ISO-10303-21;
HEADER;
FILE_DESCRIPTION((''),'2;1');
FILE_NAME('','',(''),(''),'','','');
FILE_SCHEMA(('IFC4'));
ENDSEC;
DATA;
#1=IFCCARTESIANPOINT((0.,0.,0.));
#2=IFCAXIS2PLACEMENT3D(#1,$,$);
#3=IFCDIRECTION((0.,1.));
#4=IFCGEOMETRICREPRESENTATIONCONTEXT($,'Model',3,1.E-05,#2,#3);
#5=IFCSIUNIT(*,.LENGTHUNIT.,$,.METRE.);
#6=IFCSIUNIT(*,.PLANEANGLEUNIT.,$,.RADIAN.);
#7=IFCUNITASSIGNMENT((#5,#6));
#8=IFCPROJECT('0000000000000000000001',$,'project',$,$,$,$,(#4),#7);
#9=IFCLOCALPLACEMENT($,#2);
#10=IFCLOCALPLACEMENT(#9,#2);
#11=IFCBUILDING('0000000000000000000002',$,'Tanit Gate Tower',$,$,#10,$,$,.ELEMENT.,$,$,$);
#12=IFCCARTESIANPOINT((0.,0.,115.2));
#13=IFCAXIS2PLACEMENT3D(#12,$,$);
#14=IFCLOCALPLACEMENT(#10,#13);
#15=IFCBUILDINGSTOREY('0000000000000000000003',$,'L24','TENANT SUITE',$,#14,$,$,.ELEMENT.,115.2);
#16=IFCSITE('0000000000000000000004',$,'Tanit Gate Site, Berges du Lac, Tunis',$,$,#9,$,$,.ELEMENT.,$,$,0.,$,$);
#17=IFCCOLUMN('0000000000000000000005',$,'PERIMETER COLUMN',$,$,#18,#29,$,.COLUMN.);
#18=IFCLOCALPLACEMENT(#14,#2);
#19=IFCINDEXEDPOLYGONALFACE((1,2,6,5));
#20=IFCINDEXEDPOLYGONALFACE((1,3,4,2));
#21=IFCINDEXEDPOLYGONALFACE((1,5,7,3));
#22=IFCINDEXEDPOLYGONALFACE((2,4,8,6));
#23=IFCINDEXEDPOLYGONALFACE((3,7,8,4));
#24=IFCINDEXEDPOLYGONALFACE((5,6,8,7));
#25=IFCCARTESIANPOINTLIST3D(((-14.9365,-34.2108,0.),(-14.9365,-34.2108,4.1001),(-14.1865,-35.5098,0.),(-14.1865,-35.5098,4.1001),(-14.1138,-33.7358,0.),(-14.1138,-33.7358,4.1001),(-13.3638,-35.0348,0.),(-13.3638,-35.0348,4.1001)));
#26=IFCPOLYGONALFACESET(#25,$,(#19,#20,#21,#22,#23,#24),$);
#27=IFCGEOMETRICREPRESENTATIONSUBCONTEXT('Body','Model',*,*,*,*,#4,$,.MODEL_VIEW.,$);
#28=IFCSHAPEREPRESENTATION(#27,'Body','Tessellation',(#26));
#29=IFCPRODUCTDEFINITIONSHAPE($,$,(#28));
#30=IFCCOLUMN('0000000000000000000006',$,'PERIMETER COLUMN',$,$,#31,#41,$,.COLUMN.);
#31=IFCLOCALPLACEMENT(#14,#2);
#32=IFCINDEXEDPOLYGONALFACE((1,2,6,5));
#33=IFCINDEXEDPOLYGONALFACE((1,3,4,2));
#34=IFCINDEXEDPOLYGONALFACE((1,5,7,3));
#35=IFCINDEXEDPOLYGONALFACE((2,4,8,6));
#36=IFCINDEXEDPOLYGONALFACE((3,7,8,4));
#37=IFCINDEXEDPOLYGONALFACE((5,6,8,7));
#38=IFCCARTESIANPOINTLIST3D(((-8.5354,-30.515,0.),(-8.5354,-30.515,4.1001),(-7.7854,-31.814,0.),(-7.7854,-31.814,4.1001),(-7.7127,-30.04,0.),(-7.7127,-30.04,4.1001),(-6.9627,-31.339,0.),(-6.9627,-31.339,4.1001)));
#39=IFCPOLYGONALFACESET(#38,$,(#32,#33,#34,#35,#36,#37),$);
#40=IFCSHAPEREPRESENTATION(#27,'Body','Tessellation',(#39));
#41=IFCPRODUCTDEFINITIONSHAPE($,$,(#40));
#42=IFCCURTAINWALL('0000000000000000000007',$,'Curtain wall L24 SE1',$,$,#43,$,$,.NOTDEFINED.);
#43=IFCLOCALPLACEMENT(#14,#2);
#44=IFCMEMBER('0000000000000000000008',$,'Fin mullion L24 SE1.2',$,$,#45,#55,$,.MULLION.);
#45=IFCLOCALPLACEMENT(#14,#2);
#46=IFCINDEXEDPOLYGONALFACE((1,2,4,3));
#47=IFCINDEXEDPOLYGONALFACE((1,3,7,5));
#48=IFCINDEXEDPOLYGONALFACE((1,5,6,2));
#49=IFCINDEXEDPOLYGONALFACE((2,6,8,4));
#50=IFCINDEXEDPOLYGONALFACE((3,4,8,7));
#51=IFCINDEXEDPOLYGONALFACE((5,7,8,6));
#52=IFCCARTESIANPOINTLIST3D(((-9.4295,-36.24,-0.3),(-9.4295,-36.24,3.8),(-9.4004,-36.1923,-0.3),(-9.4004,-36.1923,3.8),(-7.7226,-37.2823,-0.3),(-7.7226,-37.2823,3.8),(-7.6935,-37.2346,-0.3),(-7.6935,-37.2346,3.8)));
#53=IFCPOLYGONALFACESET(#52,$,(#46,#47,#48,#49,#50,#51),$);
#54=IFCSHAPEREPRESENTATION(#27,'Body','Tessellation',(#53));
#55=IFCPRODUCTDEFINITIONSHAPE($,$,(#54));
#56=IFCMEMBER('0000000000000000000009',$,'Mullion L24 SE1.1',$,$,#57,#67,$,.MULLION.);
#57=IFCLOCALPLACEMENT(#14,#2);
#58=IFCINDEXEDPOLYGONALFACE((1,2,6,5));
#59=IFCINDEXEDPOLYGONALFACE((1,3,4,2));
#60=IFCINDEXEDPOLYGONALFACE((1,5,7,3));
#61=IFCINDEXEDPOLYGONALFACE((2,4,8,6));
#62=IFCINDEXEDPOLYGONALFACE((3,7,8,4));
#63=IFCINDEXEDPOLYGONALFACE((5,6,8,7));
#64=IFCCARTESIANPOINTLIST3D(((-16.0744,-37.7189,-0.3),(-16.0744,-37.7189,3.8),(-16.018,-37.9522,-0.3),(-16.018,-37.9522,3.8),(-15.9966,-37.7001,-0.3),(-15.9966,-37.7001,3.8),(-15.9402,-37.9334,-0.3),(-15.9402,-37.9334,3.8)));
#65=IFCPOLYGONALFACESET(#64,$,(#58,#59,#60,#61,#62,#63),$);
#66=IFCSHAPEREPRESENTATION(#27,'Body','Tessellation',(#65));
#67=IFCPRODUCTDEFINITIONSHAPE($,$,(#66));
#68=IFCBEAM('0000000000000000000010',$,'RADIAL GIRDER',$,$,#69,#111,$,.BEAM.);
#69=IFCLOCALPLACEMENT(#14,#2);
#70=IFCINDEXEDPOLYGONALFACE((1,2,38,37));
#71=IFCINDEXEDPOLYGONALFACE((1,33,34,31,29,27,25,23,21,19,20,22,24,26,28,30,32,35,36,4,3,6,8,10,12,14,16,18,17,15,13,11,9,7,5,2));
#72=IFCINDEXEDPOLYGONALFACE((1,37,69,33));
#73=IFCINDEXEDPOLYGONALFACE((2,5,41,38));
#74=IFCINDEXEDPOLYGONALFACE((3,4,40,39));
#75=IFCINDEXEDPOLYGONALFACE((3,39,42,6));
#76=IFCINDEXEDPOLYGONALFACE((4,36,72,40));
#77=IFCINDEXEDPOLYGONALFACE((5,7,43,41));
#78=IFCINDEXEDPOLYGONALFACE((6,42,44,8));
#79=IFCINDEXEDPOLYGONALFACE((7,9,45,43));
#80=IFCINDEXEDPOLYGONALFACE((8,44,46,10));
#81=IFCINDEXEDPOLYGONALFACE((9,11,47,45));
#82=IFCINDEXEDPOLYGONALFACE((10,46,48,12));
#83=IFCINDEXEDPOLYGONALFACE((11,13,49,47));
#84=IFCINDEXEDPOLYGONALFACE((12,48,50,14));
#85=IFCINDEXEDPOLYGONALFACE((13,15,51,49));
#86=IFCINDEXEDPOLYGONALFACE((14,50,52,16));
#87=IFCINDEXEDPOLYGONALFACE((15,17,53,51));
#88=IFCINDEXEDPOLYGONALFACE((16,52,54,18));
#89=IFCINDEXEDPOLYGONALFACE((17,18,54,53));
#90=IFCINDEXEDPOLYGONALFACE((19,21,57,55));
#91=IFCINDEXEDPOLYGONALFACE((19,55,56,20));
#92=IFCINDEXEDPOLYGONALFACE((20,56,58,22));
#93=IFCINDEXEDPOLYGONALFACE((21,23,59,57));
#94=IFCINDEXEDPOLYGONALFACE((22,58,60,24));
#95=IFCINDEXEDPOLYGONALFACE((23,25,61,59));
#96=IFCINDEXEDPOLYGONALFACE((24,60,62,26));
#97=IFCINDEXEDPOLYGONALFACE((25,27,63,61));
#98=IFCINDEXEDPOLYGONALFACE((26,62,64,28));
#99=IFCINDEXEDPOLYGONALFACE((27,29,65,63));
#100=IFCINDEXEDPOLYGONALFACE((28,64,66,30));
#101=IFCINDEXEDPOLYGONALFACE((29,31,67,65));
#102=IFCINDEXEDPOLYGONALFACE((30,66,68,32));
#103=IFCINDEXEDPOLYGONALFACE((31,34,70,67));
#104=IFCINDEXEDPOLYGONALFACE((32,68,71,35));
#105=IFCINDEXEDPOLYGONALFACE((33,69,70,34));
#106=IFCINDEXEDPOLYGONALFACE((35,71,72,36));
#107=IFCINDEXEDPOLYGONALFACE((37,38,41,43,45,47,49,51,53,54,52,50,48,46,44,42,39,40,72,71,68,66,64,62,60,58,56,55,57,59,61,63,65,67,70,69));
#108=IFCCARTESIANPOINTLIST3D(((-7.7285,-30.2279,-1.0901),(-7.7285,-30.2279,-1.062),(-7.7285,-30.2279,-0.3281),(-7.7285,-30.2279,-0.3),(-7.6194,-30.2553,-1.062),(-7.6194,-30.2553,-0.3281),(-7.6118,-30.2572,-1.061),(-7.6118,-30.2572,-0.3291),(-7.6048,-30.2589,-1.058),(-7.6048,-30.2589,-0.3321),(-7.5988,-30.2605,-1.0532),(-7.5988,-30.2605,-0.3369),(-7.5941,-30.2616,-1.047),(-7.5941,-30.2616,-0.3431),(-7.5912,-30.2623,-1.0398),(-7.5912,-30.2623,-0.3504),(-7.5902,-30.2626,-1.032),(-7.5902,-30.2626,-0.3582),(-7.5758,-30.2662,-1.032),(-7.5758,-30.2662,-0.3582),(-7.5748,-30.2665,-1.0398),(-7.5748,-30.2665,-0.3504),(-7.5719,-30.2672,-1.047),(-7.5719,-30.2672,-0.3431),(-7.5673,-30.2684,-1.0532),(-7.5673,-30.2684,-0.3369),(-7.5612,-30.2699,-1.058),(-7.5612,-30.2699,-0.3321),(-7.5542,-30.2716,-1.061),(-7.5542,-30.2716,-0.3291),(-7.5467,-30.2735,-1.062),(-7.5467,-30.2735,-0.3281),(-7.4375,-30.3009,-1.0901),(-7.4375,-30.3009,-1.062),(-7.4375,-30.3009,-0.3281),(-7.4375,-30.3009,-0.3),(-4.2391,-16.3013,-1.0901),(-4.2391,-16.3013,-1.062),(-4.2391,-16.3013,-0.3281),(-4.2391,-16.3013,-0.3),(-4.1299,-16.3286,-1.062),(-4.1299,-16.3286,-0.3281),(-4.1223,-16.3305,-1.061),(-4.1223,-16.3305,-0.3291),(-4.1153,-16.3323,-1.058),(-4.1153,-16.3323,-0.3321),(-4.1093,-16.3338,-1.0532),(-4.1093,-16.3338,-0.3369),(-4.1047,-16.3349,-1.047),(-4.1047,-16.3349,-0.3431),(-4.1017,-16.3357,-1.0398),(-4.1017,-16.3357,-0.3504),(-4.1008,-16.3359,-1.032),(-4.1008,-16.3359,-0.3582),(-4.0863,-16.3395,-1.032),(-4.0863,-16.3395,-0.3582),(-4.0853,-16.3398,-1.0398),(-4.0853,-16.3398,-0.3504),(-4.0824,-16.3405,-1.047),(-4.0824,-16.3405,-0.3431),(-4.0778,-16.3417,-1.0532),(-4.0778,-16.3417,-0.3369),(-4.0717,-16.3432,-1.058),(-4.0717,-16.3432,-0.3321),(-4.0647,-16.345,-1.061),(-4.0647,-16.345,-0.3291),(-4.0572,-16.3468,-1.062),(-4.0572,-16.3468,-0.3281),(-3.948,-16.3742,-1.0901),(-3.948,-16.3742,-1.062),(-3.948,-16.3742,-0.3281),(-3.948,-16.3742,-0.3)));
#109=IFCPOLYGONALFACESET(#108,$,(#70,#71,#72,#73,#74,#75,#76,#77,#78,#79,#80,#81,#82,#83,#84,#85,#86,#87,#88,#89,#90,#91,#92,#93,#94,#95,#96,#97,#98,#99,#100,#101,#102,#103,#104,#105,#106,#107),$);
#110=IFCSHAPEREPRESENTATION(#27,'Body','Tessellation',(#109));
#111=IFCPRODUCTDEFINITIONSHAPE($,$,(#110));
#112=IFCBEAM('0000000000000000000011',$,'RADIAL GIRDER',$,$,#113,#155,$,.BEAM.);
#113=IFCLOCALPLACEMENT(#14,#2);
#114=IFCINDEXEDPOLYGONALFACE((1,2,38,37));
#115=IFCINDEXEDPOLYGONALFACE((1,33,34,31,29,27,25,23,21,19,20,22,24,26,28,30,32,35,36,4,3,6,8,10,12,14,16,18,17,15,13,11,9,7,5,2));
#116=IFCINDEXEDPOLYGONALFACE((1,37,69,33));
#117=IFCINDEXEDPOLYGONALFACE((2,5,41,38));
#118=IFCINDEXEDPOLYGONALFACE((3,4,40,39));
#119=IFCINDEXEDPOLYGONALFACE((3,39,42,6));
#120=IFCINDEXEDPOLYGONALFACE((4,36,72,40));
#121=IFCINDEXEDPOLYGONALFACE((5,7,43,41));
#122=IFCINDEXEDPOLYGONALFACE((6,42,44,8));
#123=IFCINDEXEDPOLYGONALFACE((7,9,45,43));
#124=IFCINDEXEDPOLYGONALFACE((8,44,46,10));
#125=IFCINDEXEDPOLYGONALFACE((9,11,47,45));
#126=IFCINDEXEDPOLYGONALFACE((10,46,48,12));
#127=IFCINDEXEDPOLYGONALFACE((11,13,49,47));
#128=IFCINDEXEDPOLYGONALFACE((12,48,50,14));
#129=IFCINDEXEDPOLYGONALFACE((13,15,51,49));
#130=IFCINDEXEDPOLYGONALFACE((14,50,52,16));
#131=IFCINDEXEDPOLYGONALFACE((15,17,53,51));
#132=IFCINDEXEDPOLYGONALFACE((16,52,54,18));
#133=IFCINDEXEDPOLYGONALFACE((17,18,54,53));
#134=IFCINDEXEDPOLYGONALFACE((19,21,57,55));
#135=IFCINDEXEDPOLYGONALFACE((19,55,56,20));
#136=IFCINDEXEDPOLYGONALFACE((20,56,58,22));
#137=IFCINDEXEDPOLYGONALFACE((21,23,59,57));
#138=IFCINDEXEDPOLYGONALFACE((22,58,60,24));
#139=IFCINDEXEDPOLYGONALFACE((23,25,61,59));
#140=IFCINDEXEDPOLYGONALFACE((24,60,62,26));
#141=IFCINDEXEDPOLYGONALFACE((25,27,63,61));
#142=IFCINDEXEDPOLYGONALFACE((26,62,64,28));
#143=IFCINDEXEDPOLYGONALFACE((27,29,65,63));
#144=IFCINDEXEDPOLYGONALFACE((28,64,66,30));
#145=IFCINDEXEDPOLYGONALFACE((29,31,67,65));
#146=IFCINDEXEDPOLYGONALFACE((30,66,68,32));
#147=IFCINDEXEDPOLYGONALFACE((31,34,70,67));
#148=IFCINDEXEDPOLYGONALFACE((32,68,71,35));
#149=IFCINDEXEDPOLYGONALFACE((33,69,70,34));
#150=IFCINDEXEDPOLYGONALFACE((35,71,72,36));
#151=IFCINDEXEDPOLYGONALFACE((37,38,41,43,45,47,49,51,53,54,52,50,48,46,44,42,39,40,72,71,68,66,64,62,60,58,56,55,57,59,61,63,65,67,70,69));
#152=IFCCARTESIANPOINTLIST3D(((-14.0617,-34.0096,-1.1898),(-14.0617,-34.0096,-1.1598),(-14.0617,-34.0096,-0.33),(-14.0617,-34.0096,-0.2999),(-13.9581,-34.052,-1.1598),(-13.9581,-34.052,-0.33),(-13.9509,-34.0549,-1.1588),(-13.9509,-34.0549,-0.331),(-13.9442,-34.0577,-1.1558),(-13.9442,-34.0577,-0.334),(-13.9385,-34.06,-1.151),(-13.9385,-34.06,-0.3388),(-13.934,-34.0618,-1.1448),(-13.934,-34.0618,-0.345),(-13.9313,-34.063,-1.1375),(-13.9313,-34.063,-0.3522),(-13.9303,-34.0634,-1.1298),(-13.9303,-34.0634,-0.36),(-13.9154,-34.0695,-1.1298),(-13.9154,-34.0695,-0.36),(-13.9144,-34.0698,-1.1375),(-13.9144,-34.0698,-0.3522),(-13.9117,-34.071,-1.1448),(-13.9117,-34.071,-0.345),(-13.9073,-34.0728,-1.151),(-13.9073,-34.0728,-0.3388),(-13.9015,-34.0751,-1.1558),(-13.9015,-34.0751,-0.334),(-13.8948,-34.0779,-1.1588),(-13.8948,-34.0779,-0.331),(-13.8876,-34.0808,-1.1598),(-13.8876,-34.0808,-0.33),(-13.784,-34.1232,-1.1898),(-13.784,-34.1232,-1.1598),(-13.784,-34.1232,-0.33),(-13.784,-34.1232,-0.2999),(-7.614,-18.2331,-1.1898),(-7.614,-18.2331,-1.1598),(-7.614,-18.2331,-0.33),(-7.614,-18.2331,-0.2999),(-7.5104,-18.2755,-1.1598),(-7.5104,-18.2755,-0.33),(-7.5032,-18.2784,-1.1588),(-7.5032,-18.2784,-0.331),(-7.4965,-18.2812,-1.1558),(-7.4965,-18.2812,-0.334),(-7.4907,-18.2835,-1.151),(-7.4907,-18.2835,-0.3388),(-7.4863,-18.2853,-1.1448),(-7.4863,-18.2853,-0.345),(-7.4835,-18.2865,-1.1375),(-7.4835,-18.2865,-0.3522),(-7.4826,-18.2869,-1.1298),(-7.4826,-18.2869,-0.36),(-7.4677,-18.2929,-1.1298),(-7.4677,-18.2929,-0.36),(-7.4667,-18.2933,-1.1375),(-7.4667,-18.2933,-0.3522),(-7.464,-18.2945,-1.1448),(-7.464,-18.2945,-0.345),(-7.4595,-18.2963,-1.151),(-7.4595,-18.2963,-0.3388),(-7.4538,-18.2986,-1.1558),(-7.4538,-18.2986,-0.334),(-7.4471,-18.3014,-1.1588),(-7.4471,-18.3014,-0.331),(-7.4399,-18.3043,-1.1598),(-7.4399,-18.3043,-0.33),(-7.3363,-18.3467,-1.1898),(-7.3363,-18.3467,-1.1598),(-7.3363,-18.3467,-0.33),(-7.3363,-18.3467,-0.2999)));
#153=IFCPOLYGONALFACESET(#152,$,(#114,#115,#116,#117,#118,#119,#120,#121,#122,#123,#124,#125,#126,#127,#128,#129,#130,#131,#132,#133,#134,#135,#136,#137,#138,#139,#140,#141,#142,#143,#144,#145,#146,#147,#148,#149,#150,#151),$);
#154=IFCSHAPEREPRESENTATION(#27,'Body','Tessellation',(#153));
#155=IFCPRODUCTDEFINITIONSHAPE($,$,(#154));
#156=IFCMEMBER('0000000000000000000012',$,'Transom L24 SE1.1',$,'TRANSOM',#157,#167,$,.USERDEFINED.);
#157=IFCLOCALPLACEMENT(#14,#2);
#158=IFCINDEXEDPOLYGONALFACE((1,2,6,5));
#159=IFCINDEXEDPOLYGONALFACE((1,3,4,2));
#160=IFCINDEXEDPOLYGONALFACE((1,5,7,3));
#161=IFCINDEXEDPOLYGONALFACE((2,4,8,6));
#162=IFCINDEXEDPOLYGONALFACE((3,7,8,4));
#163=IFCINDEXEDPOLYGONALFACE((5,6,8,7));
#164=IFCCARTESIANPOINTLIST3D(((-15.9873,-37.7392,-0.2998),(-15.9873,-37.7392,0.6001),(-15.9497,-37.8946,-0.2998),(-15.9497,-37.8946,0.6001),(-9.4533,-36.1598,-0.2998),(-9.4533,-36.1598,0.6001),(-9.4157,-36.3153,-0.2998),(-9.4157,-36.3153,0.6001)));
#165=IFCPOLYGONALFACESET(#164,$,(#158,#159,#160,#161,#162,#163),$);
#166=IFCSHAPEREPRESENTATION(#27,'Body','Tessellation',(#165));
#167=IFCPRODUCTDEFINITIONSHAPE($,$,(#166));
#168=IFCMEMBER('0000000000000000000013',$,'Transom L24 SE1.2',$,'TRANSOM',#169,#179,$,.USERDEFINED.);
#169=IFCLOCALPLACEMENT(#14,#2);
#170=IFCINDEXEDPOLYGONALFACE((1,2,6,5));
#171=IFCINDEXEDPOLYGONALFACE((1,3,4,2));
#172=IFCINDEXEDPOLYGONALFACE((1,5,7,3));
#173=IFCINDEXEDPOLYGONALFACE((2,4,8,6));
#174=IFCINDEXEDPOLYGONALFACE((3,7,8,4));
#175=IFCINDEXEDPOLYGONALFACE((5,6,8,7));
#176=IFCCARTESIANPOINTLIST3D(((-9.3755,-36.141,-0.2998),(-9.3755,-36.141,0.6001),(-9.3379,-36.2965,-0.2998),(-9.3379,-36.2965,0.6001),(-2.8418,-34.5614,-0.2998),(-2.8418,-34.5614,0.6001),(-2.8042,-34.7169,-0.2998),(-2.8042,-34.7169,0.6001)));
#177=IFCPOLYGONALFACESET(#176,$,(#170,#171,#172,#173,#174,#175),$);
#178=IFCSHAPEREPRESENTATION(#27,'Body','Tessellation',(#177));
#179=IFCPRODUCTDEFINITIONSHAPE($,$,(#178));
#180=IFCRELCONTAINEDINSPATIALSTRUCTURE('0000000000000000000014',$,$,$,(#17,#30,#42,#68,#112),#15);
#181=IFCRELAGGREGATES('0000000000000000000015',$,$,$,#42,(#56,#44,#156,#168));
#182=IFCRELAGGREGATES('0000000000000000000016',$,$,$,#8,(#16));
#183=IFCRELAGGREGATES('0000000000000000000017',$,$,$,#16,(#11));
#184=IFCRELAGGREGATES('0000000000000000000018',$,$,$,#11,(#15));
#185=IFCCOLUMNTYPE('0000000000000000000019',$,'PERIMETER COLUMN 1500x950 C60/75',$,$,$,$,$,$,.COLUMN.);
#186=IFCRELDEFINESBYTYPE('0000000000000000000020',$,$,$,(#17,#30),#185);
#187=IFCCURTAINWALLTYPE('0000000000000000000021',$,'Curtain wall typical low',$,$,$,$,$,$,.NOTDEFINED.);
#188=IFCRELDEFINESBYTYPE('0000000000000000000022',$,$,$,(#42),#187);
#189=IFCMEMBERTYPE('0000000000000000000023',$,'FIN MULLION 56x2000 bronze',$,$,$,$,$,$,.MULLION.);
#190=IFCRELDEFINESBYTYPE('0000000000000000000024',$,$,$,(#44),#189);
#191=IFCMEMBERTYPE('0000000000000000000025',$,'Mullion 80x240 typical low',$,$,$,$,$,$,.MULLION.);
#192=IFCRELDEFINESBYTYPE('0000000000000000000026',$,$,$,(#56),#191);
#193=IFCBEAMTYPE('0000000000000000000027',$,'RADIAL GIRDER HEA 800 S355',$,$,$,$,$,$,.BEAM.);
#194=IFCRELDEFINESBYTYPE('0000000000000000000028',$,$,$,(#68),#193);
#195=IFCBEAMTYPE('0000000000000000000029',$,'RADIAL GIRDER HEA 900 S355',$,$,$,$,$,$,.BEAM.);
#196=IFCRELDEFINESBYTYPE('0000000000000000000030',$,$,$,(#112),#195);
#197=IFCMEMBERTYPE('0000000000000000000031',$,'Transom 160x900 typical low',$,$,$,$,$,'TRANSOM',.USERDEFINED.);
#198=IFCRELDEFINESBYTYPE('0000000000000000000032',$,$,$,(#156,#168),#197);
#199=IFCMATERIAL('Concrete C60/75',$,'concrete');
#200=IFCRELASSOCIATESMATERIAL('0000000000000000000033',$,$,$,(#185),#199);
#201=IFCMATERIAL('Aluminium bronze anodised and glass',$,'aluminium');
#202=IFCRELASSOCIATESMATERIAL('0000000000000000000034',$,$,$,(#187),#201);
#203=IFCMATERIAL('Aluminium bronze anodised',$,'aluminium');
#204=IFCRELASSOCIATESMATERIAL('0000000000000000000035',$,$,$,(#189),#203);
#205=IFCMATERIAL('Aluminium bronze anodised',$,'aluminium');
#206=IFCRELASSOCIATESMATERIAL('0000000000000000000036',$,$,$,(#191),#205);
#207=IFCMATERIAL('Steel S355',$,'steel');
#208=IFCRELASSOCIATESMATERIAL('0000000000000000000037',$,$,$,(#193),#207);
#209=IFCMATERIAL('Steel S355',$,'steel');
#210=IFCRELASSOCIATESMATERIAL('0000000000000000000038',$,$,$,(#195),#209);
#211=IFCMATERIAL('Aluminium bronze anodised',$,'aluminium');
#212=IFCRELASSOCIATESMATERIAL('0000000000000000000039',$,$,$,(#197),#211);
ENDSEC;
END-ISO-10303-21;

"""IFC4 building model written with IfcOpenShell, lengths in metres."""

from ifc_helpers import new_model, si_unit, direction, frame, origin, origin_2d, place, context, subcontext, project, spatial, rectangle, i_section, extrude, material, material_profile, profile_set, type_object, element, aggregate, save


model = new_model("IFC4")

# Units and contexts
model_context = context("Model", 3, precision=1e-05, world=origin(), true_north=direction((0.0, 1.0)))
body_context = subcontext(model_context, "Body", "Model", "MODEL_VIEW")
ifc_project = project(units=[si_unit("LENGTHUNIT", "METRE"), si_unit("PLANEANGLEUNIT", "RADIAN")], contexts=[model_context])

# Site, building, storey
site_placement = place(None, origin())
site = spatial("IfcSite", under=ifc_project, at=site_placement, Name="Tanit Gate Site, Berges du Lac, Tunis", CompositionType="ELEMENT", RefElevation=0.0)
building_placement = place(site_placement, origin())
building = spatial("IfcBuilding", under=site, at=building_placement, Name="Tanit Gate Tower", CompositionType="ELEMENT")
storey_placement = place(building_placement, frame((0.0, 0.0, 115.2)))
storey = spatial("IfcBuildingStorey", under=building, at=storey_placement, Name="L24", Description="TENANT SUITE", CompositionType="ELEMENT", Elevation=115.2)

# Columns
ifc_material_1 = material(Name="Concrete C60/75", Category="concrete")
ifc_material_profile_1 = material_profile(ifc_material_1, rectangle(XDim=1.5, YDim=0.95, at=origin_2d()), Name="RC 1500x950")
ifc_profile_set_1 = profile_set([ifc_material_profile_1], Name="Concrete C60/75")
column_type = type_object("IfcColumnType", Name="PERIMETER COLUMN 1500x950 C60/75", PredefinedType="COLUMN", material=ifc_profile_set_1)
for number, where, z_axis, x_axis, name in (
    (1, (-14.1501, -34.6228, 0.0), (0.0, 0.0, 1.0), (0.5, -0.866025, 0.0), "PERIMETER COLUMN"),
    (2, (-7.749, -30.927, 0.0), (0.0, 0.0, 1.0), (0.5, -0.866025, 0.0), "PERIMETER COLUMN"),
):
    element("IfcColumn", number, at=place(storey_placement, frame(where, z_axis=z_axis, x_axis=x_axis)), inside=storey, type_object=column_type, Name=name, PredefinedType="COLUMN", context=body_context, shape_type="SweptSolid", body=[
        extrude(rectangle(XDim=1.5, YDim=0.95, at=origin_2d()), origin(), (0.0, 0.0, 1.0), 4.1001),
    ])

# Curtain wall, members
ifc_material_2 = material(Name="Aluminium bronze anodised and glass", Category="aluminium")
curtain_wall_type = type_object("IfcCurtainWallType", Name="Curtain wall typical low", PredefinedType="NOTDEFINED", material=ifc_material_2)
curtain_wall_placement = place(storey_placement, origin())
curtain_wall = element("IfcCurtainWall", 3, at=curtain_wall_placement, inside=storey, type_object=curtain_wall_type, Name="Curtain wall L24 SE1", PredefinedType="NOTDEFINED")
ifc_material_3 = material(Name="Aluminium bronze anodised", Category="aluminium")
ifc_material_profile_2 = material_profile(ifc_material_3, rectangle(XDim=2.0, YDim=0.0559, at=origin_2d()), Name="56x2000 bronze fin mullion")
ifc_profile_set_2 = profile_set([ifc_material_profile_2], Name="Aluminium bronze anodised")
member_type_1 = type_object("IfcMemberType", Name="FIN MULLION 56x2000 bronze", PredefinedType="MULLION", material=ifc_profile_set_2)
member_1_placement = place(storey_placement, frame((-8.5615, -36.7373, -0.3), z_axis=(0.0, 0.0, 1.0), x_axis=(-0.853451, 0.521173, 0.0)))
member_1 = element("IfcMember", 4, at=member_1_placement, type_object=member_type_1, Name="Fin mullion L24 SE1.2", PredefinedType="MULLION", context=body_context, shape_type="SweptSolid", body=[
    extrude(rectangle(XDim=2.0, YDim=0.0559, at=origin_2d()), origin(), (0.0, 0.0, 1.0), 4.1001),
])
ifc_material_4 = material(Name="Aluminium bronze anodised", Category="aluminium")
ifc_material_profile_3 = material_profile(ifc_material_4, rectangle(XDim=0.24, YDim=0.0801, at=origin_2d()), Name="80x240 bronze mullion")
ifc_profile_set_3 = profile_set([ifc_material_profile_3], Name="Aluminium bronze anodised")
member_type_2 = type_object("IfcMemberType", Name="Mullion 80x240 typical low", PredefinedType="MULLION", material=ifc_profile_set_3)
member_2_placement = place(storey_placement, frame((-16.0073, -37.8262, -0.3), z_axis=(0.0, 0.0, 1.0), x_axis=(-0.234957, 0.972006, 0.0)))
member_2 = element("IfcMember", 5, at=member_2_placement, type_object=member_type_2, Name="Mullion L24 SE1.1", PredefinedType="MULLION", context=body_context, shape_type="SweptSolid", body=[
    extrude(rectangle(XDim=0.24, YDim=0.0801, at=origin_2d()), origin(), (0.0, 0.0, 1.0), 4.1001),
])

# Beams
ifc_material_5 = material(Name="Steel S355", Category="steel")
ifc_material_profile_4 = material_profile(ifc_material_5, i_section(OverallWidth=0.3, OverallDepth=0.79, WebThickness=0.0149, FlangeThickness=0.0281, FilletRadius=0.03, at=origin_2d()), Name="HEA 800")
ifc_profile_set_4 = profile_set([ifc_material_profile_4], Name="Steel S355")
beam_type_1 = type_object("IfcBeamType", Name="RADIAL GIRDER HEA 800 S355", PredefinedType="BEAM", material=ifc_profile_set_4)
beam_1_placement = place(storey_placement, frame((-7.583, -30.2644, -0.6951), z_axis=(0.243048, 0.970014, 0.0), x_axis=(-0.970014, 0.243048, 0.0)))
element("IfcBeam", 6, at=beam_1_placement, inside=storey, type_object=beam_type_1, Name="RADIAL GIRDER", PredefinedType="BEAM", context=body_context, shape_type="SweptSolid", body=[
    extrude(i_section(OverallWidth=0.3, OverallDepth=0.79, WebThickness=0.0149, FlangeThickness=0.0281, FilletRadius=0.03, at=origin_2d()), origin(), (0.0, 0.0, 1.0), 14.3572),
])
ifc_material_6 = material(Name="Steel S355", Category="steel")
ifc_material_profile_5 = material_profile(ifc_material_6, i_section(OverallWidth=0.3, OverallDepth=0.8899, WebThickness=0.0161, FlangeThickness=0.03, FilletRadius=0.03, at=origin_2d()), Name="HEA 900")
ifc_profile_set_5 = profile_set([ifc_material_profile_5], Name="Steel S355")
beam_type_2 = type_object("IfcBeamType", Name="RADIAL GIRDER HEA 900 S355", PredefinedType="BEAM", material=ifc_profile_set_5)
beam_2_placement = place(storey_placement, frame((-13.9229, -34.0664, -0.7449), z_axis=(0.378315, 0.925677, 0.0), x_axis=(-0.925677, 0.378315, 0.0)))
element("IfcBeam", 7, at=beam_2_placement, inside=storey, type_object=beam_type_2, Name="RADIAL GIRDER", PredefinedType="BEAM", context=body_context, shape_type="SweptSolid", body=[
    extrude(i_section(OverallWidth=0.3, OverallDepth=0.8899, WebThickness=0.0161, FlangeThickness=0.03, FilletRadius=0.03, at=origin_2d()), origin(), (0.0, 0.0, 1.0), 17.0432),
])

# Members
ifc_material_7 = material(Name="Aluminium bronze anodised", Category="aluminium")
ifc_material_profile_6 = material_profile(ifc_material_7, rectangle(XDim=0.1599, YDim=0.8999, at=origin_2d()), Name="160x900 bronze transom")
ifc_profile_set_6 = profile_set([ifc_material_profile_6], Name="Aluminium bronze anodised")
member_type_3 = type_object("IfcMemberType", Name="Transom 160x900 typical low", ElementType="TRANSOM", PredefinedType="USERDEFINED", material=ifc_profile_set_6)
member_3_placement = place(storey_placement, frame((-15.9685, -37.8169, 0.1501), z_axis=(0.972008, 0.234948, 0.0), x_axis=(-0.234948, 0.972008, 0.0)))
member_3 = element("IfcMember", 8, at=member_3_placement, type_object=member_type_3, Name="Transom L24 SE1.1", ObjectType="TRANSOM", PredefinedType="USERDEFINED", context=body_context, shape_type="SweptSolid", body=[
    extrude(rectangle(XDim=0.1599, YDim=0.8999, at=origin_2d()), origin(), (0.0, 0.0, 1.0), 6.7222),
])
member_4_placement = place(storey_placement, frame((-9.3567, -36.2188, 0.1501), z_axis=(0.971998, 0.234991, 0.0), x_axis=(-0.234991, 0.971998, 0.0)))
member_4 = element("IfcMember", 9, at=member_4_placement, type_object=member_type_3, Name="Transom L24 SE1.2", ObjectType="TRANSOM", PredefinedType="USERDEFINED", context=body_context, shape_type="SweptSolid", body=[
    extrude(rectangle(XDim=0.1599, YDim=0.8999, at=origin_2d()), origin(), (0.0, 0.0, 1.0), 6.7219),
])

aggregate(curtain_wall, [member_2, member_1, member_3, member_4])

save(model, "model.ifc")
